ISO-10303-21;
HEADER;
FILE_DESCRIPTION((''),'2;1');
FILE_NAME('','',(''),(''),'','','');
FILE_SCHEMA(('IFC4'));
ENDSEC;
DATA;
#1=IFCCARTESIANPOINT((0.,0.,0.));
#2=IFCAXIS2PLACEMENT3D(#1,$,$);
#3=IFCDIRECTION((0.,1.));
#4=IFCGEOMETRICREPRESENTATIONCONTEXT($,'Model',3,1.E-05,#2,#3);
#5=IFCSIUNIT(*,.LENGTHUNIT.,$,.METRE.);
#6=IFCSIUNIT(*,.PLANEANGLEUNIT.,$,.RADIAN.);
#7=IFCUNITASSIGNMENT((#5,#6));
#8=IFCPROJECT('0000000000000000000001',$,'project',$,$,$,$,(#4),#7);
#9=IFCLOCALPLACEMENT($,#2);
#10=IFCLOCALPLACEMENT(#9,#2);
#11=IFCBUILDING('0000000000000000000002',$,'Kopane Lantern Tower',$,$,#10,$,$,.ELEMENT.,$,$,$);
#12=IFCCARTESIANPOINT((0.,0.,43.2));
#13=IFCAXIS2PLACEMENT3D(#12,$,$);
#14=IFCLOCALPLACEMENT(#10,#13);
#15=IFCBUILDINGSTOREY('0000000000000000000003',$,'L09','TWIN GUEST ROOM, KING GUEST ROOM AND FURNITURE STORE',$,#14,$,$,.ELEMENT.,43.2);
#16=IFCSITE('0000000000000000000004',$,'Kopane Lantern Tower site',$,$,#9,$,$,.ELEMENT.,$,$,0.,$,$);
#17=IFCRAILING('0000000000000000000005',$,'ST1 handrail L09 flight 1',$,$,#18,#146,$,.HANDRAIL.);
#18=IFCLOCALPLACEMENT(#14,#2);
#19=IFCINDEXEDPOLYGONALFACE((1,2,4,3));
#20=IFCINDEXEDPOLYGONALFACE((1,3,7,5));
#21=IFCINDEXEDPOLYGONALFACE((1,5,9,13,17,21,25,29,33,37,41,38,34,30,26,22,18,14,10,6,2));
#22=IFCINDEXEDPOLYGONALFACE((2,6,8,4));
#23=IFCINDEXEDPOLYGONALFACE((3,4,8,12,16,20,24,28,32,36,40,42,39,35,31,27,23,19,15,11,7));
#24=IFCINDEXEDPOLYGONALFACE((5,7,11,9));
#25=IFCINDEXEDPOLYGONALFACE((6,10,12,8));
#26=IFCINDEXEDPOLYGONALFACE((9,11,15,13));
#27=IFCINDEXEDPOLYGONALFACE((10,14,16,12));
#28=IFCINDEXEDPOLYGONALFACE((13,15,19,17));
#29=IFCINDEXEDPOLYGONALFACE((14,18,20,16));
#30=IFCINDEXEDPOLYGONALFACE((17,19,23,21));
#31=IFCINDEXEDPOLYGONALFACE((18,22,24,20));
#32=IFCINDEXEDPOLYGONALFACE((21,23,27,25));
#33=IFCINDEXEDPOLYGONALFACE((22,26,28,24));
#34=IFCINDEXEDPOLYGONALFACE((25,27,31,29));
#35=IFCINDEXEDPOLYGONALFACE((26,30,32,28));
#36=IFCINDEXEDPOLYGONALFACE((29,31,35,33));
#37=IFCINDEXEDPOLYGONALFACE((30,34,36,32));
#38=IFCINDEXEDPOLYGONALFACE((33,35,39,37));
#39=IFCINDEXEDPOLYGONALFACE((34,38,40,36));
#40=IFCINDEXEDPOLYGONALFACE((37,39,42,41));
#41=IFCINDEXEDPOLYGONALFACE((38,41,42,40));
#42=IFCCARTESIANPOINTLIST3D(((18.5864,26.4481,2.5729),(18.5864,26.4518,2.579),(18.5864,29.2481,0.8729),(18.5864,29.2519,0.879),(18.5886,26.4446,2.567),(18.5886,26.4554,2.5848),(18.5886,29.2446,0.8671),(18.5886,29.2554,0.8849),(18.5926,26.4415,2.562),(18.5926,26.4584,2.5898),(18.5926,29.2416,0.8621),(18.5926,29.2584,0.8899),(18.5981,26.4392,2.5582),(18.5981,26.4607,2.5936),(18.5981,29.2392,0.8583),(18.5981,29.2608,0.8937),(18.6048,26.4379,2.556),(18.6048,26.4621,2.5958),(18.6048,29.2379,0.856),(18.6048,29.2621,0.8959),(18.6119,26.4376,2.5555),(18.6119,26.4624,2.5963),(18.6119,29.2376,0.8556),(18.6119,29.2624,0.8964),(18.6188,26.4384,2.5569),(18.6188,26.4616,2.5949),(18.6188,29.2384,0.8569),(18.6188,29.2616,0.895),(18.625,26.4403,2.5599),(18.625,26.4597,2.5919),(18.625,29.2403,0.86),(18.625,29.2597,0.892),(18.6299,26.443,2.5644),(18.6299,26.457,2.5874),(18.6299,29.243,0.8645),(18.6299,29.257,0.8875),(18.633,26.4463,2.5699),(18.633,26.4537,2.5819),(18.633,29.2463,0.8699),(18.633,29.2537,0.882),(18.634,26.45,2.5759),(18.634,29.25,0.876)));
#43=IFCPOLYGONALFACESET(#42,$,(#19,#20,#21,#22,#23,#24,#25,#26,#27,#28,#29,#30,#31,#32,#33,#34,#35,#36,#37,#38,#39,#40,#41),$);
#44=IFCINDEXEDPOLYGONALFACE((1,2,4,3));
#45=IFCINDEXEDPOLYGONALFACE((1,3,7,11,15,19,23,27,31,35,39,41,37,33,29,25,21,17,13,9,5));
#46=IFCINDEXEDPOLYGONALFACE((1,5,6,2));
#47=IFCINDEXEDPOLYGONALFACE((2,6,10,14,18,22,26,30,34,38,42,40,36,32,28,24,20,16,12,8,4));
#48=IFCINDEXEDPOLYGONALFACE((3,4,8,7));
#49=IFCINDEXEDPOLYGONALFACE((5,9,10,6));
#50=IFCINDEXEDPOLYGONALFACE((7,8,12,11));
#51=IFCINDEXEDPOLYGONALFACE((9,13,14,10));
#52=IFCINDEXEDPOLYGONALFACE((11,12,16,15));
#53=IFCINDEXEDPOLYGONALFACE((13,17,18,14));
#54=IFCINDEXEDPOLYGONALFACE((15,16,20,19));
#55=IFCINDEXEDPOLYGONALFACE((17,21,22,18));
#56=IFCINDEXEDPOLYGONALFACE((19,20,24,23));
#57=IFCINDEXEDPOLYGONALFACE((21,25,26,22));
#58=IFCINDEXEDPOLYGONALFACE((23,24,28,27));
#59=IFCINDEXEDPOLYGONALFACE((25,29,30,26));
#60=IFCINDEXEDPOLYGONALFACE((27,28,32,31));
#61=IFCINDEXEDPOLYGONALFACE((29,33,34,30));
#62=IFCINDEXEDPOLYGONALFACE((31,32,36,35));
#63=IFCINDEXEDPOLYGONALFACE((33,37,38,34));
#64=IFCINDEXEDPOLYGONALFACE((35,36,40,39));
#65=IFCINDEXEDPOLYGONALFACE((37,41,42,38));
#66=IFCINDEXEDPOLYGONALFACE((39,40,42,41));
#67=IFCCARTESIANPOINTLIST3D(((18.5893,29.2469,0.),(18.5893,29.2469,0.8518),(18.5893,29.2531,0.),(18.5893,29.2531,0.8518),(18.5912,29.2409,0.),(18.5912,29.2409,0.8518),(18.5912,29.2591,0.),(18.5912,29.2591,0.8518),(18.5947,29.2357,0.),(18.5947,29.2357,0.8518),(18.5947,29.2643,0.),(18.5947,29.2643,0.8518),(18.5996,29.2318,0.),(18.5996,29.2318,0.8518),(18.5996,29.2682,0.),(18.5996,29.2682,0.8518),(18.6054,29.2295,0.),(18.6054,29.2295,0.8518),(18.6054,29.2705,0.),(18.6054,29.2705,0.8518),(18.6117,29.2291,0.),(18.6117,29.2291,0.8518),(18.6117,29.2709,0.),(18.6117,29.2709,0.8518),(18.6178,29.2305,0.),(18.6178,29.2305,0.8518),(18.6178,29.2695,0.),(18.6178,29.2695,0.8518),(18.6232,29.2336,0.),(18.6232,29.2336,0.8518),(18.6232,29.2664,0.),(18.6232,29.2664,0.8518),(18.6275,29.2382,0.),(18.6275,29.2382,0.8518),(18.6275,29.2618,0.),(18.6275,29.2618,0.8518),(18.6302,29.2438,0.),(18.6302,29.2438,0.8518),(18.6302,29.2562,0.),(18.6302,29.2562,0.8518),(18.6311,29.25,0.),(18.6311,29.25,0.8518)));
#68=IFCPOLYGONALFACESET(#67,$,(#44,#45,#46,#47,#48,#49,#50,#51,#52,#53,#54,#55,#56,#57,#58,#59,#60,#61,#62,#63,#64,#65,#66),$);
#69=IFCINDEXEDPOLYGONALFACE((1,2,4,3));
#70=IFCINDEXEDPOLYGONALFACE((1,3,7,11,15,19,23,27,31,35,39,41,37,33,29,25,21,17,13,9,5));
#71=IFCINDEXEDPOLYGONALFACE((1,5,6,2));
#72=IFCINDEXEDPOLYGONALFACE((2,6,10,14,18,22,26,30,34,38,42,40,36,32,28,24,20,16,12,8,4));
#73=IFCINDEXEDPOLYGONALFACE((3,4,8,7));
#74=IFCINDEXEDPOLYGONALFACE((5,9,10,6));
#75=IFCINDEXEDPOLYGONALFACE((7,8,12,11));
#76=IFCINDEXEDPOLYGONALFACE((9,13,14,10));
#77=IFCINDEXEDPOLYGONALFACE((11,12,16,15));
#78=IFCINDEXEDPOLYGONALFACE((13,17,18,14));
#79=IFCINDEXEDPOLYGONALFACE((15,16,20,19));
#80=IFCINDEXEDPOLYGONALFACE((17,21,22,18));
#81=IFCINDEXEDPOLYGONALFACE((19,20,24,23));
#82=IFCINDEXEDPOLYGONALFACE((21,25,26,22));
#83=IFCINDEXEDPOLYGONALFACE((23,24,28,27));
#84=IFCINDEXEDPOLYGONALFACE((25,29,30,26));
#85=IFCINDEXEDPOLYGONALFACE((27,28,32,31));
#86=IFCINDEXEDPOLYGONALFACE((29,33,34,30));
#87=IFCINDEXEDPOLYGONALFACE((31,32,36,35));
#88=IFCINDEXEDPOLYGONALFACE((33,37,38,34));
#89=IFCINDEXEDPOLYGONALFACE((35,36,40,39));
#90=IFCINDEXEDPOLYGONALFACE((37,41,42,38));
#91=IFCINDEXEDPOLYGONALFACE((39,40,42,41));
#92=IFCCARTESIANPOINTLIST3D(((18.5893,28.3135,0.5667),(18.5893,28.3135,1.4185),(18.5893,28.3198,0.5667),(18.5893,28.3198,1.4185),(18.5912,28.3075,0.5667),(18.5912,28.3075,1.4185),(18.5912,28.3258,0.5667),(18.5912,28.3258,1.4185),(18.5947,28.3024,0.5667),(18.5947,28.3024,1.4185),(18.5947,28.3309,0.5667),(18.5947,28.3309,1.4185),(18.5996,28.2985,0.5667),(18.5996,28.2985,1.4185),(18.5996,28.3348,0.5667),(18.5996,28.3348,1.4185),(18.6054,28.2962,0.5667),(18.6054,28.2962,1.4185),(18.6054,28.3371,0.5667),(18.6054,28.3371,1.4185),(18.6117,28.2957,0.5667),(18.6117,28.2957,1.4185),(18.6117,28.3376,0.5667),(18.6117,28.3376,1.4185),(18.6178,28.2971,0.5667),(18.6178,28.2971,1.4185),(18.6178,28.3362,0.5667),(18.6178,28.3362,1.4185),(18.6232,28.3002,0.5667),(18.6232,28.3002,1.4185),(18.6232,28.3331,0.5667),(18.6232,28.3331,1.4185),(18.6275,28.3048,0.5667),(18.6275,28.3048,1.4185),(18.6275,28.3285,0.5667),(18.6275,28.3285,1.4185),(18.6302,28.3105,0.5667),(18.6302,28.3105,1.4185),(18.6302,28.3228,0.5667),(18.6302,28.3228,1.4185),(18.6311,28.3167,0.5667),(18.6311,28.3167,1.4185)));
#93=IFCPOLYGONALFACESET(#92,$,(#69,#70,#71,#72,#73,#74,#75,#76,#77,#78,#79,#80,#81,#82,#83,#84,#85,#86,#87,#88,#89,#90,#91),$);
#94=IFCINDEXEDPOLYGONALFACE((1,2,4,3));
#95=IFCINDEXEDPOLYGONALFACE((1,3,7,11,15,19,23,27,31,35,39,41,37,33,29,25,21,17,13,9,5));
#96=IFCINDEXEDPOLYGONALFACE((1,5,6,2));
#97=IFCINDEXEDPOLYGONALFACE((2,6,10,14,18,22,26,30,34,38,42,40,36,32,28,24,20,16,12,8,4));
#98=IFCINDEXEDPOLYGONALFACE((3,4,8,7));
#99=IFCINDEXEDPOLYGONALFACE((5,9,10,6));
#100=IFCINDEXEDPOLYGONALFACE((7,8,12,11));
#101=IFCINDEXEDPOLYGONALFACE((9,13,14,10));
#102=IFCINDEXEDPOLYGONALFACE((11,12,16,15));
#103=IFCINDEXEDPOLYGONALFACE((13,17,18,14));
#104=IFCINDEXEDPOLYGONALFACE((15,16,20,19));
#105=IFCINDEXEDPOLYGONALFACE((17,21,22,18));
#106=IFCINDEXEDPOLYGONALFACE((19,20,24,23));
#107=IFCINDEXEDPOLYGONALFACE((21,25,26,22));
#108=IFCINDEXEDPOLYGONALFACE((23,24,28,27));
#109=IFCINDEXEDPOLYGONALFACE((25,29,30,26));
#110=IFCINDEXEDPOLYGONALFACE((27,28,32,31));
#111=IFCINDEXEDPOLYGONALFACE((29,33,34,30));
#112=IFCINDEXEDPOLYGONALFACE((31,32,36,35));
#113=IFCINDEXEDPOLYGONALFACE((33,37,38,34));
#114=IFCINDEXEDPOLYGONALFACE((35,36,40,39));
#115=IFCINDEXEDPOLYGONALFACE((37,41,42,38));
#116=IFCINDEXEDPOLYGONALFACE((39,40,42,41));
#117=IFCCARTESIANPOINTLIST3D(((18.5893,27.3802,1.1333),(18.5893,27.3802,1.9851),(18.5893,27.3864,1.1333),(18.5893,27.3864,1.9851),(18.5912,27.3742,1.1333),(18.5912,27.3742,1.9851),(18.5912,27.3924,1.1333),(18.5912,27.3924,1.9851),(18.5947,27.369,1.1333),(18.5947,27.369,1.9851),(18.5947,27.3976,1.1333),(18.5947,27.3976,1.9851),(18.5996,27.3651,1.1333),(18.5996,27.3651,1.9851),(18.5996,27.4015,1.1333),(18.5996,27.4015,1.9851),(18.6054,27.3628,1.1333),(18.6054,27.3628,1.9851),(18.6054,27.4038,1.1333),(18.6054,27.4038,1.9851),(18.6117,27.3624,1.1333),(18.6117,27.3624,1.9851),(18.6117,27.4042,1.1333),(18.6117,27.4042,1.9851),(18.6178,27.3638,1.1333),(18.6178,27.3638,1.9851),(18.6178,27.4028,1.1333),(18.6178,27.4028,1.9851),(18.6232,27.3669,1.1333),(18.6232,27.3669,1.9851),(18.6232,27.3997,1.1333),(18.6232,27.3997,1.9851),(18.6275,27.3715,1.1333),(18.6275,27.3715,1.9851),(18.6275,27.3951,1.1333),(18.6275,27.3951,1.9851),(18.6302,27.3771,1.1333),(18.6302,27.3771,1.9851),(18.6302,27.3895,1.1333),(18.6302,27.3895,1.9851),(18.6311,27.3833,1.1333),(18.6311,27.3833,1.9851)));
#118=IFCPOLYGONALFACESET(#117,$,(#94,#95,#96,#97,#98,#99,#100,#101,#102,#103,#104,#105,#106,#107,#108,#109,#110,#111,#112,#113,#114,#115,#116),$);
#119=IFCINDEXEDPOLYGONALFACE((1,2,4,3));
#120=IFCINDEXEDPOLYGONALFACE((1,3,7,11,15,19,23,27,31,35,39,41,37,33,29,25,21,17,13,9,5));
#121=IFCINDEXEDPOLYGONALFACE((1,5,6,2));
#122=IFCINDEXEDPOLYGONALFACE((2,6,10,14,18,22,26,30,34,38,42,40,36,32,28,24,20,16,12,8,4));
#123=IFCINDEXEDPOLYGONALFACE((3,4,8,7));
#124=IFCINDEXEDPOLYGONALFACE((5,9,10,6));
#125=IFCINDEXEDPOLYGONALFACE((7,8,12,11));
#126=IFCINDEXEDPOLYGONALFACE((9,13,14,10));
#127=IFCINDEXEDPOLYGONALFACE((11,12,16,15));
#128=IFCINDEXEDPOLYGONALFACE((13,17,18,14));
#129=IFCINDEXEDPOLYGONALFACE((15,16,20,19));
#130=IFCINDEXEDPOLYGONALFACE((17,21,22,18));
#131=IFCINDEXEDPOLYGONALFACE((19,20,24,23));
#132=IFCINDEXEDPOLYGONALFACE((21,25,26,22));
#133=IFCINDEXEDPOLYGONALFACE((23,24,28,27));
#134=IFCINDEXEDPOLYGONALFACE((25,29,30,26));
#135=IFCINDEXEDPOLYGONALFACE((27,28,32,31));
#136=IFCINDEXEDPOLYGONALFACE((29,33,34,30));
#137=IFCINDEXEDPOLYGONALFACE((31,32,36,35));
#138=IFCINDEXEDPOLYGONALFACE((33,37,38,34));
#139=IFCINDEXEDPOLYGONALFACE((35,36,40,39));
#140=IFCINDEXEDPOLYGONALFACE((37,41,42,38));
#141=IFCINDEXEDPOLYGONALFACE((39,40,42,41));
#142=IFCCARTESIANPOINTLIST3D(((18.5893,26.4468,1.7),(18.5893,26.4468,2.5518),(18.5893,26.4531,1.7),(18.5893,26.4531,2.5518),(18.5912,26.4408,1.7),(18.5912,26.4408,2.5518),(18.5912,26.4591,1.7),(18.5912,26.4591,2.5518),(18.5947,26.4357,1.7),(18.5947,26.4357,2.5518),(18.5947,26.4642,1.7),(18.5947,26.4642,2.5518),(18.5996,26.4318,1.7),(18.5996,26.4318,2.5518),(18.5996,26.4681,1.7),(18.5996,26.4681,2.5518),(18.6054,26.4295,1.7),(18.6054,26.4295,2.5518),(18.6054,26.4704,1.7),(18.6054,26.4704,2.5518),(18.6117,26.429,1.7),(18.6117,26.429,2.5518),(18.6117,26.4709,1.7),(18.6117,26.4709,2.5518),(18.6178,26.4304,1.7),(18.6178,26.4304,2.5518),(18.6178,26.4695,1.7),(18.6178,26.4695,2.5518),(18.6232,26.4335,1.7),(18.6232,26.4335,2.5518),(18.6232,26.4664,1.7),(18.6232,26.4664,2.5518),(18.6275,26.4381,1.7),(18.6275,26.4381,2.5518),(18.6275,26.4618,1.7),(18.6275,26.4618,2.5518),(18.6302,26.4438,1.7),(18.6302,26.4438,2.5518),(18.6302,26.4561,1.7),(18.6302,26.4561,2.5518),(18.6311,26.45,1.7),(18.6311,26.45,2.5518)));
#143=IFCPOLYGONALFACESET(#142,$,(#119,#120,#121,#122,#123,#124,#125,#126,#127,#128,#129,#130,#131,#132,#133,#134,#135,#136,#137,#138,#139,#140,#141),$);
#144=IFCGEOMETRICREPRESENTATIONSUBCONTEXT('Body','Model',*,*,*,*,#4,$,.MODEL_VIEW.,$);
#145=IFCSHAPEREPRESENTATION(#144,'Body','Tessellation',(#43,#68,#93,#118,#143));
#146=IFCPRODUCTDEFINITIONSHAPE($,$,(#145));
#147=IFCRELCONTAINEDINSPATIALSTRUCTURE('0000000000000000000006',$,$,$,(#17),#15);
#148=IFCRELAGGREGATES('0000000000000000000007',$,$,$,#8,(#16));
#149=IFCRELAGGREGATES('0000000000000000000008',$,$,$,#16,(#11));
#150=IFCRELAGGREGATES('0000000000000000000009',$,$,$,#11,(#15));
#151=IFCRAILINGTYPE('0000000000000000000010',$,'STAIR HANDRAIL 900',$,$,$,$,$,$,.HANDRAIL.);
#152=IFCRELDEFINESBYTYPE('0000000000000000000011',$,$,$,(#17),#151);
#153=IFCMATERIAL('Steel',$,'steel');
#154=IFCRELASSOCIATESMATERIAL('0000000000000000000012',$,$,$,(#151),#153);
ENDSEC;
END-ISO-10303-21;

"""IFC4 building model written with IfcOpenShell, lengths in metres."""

from ifc_helpers import new_model, si_unit, direction, frame, origin, origin_2d, place, context, subcontext, project, spatial, circle, extrude, material, type_object, element, save


model = new_model("IFC4")

# Units and contexts
model_context = context("Model", 3, precision=1e-05, world=origin(), true_north=direction((0.0, 1.0)))
body_context = subcontext(model_context, "Body", "Model", "MODEL_VIEW")
ifc_project = project(units=[si_unit("LENGTHUNIT", "METRE"), si_unit("PLANEANGLEUNIT", "RADIAN")], contexts=[model_context])

# Site, building, storey
site_placement = place(None, origin())
site = spatial("IfcSite", under=ifc_project, at=site_placement, Name="Kopane Lantern Tower site", CompositionType="ELEMENT", RefElevation=0.0)
building_placement = place(site_placement, origin())
building = spatial("IfcBuilding", under=site, at=building_placement, Name="Kopane Lantern Tower", CompositionType="ELEMENT")
storey_placement = place(building_placement, frame((0.0, 0.0, 43.2)))
storey = spatial("IfcBuildingStorey", under=building, at=storey_placement, Name="L09", Description="TWIN GUEST ROOM, KING GUEST ROOM AND FURNITURE STORE", CompositionType="ELEMENT", Elevation=43.2)

# Railing
ifc_material_1 = material(Name="Steel", Category="steel")
railing_type_1 = type_object("IfcRailingType", Name="STAIR HANDRAIL 900", PredefinedType="HANDRAIL", material=ifc_material_1)
for number, where, name in (
    (1, (18.6101, 29.25, 0.0), "ST1 handrail L09 flight 1"),
):
    element("IfcRailing", number, at=place(storey_placement, frame(where)), inside=storey, type_object=railing_type_1, Name=name, PredefinedType="HANDRAIL", context=body_context, shape_type="SweptSolid", body=[
        extrude(circle(Radius=0.0239, at=origin_2d()), frame((0.0, 0.0, 0.876), z_axis=(0.0, -0.854798, 0.518961), x_axis=(1.0, 0.0, 0.0)), (0.0, 0.0, 1.0), 3.2756),
        extrude(circle(Radius=0.021, at=origin_2d()), origin(), (0.0, 0.0, 1.0), 0.8518),
        extrude(circle(Radius=0.021, at=origin_2d()), frame((0.0, -0.9333, 0.5667)), (0.0, 0.0, 1.0), 0.8518),
        extrude(circle(Radius=0.021, at=origin_2d()), frame((0.0, -1.8667, 1.1333)), (0.0, 0.0, 1.0), 0.8518),
        extrude(circle(Radius=0.021, at=origin_2d()), frame((0.0, -2.8, 1.7)), (0.0, 0.0, 1.0), 0.8518),
    ])

save(model, "model.ifc")
